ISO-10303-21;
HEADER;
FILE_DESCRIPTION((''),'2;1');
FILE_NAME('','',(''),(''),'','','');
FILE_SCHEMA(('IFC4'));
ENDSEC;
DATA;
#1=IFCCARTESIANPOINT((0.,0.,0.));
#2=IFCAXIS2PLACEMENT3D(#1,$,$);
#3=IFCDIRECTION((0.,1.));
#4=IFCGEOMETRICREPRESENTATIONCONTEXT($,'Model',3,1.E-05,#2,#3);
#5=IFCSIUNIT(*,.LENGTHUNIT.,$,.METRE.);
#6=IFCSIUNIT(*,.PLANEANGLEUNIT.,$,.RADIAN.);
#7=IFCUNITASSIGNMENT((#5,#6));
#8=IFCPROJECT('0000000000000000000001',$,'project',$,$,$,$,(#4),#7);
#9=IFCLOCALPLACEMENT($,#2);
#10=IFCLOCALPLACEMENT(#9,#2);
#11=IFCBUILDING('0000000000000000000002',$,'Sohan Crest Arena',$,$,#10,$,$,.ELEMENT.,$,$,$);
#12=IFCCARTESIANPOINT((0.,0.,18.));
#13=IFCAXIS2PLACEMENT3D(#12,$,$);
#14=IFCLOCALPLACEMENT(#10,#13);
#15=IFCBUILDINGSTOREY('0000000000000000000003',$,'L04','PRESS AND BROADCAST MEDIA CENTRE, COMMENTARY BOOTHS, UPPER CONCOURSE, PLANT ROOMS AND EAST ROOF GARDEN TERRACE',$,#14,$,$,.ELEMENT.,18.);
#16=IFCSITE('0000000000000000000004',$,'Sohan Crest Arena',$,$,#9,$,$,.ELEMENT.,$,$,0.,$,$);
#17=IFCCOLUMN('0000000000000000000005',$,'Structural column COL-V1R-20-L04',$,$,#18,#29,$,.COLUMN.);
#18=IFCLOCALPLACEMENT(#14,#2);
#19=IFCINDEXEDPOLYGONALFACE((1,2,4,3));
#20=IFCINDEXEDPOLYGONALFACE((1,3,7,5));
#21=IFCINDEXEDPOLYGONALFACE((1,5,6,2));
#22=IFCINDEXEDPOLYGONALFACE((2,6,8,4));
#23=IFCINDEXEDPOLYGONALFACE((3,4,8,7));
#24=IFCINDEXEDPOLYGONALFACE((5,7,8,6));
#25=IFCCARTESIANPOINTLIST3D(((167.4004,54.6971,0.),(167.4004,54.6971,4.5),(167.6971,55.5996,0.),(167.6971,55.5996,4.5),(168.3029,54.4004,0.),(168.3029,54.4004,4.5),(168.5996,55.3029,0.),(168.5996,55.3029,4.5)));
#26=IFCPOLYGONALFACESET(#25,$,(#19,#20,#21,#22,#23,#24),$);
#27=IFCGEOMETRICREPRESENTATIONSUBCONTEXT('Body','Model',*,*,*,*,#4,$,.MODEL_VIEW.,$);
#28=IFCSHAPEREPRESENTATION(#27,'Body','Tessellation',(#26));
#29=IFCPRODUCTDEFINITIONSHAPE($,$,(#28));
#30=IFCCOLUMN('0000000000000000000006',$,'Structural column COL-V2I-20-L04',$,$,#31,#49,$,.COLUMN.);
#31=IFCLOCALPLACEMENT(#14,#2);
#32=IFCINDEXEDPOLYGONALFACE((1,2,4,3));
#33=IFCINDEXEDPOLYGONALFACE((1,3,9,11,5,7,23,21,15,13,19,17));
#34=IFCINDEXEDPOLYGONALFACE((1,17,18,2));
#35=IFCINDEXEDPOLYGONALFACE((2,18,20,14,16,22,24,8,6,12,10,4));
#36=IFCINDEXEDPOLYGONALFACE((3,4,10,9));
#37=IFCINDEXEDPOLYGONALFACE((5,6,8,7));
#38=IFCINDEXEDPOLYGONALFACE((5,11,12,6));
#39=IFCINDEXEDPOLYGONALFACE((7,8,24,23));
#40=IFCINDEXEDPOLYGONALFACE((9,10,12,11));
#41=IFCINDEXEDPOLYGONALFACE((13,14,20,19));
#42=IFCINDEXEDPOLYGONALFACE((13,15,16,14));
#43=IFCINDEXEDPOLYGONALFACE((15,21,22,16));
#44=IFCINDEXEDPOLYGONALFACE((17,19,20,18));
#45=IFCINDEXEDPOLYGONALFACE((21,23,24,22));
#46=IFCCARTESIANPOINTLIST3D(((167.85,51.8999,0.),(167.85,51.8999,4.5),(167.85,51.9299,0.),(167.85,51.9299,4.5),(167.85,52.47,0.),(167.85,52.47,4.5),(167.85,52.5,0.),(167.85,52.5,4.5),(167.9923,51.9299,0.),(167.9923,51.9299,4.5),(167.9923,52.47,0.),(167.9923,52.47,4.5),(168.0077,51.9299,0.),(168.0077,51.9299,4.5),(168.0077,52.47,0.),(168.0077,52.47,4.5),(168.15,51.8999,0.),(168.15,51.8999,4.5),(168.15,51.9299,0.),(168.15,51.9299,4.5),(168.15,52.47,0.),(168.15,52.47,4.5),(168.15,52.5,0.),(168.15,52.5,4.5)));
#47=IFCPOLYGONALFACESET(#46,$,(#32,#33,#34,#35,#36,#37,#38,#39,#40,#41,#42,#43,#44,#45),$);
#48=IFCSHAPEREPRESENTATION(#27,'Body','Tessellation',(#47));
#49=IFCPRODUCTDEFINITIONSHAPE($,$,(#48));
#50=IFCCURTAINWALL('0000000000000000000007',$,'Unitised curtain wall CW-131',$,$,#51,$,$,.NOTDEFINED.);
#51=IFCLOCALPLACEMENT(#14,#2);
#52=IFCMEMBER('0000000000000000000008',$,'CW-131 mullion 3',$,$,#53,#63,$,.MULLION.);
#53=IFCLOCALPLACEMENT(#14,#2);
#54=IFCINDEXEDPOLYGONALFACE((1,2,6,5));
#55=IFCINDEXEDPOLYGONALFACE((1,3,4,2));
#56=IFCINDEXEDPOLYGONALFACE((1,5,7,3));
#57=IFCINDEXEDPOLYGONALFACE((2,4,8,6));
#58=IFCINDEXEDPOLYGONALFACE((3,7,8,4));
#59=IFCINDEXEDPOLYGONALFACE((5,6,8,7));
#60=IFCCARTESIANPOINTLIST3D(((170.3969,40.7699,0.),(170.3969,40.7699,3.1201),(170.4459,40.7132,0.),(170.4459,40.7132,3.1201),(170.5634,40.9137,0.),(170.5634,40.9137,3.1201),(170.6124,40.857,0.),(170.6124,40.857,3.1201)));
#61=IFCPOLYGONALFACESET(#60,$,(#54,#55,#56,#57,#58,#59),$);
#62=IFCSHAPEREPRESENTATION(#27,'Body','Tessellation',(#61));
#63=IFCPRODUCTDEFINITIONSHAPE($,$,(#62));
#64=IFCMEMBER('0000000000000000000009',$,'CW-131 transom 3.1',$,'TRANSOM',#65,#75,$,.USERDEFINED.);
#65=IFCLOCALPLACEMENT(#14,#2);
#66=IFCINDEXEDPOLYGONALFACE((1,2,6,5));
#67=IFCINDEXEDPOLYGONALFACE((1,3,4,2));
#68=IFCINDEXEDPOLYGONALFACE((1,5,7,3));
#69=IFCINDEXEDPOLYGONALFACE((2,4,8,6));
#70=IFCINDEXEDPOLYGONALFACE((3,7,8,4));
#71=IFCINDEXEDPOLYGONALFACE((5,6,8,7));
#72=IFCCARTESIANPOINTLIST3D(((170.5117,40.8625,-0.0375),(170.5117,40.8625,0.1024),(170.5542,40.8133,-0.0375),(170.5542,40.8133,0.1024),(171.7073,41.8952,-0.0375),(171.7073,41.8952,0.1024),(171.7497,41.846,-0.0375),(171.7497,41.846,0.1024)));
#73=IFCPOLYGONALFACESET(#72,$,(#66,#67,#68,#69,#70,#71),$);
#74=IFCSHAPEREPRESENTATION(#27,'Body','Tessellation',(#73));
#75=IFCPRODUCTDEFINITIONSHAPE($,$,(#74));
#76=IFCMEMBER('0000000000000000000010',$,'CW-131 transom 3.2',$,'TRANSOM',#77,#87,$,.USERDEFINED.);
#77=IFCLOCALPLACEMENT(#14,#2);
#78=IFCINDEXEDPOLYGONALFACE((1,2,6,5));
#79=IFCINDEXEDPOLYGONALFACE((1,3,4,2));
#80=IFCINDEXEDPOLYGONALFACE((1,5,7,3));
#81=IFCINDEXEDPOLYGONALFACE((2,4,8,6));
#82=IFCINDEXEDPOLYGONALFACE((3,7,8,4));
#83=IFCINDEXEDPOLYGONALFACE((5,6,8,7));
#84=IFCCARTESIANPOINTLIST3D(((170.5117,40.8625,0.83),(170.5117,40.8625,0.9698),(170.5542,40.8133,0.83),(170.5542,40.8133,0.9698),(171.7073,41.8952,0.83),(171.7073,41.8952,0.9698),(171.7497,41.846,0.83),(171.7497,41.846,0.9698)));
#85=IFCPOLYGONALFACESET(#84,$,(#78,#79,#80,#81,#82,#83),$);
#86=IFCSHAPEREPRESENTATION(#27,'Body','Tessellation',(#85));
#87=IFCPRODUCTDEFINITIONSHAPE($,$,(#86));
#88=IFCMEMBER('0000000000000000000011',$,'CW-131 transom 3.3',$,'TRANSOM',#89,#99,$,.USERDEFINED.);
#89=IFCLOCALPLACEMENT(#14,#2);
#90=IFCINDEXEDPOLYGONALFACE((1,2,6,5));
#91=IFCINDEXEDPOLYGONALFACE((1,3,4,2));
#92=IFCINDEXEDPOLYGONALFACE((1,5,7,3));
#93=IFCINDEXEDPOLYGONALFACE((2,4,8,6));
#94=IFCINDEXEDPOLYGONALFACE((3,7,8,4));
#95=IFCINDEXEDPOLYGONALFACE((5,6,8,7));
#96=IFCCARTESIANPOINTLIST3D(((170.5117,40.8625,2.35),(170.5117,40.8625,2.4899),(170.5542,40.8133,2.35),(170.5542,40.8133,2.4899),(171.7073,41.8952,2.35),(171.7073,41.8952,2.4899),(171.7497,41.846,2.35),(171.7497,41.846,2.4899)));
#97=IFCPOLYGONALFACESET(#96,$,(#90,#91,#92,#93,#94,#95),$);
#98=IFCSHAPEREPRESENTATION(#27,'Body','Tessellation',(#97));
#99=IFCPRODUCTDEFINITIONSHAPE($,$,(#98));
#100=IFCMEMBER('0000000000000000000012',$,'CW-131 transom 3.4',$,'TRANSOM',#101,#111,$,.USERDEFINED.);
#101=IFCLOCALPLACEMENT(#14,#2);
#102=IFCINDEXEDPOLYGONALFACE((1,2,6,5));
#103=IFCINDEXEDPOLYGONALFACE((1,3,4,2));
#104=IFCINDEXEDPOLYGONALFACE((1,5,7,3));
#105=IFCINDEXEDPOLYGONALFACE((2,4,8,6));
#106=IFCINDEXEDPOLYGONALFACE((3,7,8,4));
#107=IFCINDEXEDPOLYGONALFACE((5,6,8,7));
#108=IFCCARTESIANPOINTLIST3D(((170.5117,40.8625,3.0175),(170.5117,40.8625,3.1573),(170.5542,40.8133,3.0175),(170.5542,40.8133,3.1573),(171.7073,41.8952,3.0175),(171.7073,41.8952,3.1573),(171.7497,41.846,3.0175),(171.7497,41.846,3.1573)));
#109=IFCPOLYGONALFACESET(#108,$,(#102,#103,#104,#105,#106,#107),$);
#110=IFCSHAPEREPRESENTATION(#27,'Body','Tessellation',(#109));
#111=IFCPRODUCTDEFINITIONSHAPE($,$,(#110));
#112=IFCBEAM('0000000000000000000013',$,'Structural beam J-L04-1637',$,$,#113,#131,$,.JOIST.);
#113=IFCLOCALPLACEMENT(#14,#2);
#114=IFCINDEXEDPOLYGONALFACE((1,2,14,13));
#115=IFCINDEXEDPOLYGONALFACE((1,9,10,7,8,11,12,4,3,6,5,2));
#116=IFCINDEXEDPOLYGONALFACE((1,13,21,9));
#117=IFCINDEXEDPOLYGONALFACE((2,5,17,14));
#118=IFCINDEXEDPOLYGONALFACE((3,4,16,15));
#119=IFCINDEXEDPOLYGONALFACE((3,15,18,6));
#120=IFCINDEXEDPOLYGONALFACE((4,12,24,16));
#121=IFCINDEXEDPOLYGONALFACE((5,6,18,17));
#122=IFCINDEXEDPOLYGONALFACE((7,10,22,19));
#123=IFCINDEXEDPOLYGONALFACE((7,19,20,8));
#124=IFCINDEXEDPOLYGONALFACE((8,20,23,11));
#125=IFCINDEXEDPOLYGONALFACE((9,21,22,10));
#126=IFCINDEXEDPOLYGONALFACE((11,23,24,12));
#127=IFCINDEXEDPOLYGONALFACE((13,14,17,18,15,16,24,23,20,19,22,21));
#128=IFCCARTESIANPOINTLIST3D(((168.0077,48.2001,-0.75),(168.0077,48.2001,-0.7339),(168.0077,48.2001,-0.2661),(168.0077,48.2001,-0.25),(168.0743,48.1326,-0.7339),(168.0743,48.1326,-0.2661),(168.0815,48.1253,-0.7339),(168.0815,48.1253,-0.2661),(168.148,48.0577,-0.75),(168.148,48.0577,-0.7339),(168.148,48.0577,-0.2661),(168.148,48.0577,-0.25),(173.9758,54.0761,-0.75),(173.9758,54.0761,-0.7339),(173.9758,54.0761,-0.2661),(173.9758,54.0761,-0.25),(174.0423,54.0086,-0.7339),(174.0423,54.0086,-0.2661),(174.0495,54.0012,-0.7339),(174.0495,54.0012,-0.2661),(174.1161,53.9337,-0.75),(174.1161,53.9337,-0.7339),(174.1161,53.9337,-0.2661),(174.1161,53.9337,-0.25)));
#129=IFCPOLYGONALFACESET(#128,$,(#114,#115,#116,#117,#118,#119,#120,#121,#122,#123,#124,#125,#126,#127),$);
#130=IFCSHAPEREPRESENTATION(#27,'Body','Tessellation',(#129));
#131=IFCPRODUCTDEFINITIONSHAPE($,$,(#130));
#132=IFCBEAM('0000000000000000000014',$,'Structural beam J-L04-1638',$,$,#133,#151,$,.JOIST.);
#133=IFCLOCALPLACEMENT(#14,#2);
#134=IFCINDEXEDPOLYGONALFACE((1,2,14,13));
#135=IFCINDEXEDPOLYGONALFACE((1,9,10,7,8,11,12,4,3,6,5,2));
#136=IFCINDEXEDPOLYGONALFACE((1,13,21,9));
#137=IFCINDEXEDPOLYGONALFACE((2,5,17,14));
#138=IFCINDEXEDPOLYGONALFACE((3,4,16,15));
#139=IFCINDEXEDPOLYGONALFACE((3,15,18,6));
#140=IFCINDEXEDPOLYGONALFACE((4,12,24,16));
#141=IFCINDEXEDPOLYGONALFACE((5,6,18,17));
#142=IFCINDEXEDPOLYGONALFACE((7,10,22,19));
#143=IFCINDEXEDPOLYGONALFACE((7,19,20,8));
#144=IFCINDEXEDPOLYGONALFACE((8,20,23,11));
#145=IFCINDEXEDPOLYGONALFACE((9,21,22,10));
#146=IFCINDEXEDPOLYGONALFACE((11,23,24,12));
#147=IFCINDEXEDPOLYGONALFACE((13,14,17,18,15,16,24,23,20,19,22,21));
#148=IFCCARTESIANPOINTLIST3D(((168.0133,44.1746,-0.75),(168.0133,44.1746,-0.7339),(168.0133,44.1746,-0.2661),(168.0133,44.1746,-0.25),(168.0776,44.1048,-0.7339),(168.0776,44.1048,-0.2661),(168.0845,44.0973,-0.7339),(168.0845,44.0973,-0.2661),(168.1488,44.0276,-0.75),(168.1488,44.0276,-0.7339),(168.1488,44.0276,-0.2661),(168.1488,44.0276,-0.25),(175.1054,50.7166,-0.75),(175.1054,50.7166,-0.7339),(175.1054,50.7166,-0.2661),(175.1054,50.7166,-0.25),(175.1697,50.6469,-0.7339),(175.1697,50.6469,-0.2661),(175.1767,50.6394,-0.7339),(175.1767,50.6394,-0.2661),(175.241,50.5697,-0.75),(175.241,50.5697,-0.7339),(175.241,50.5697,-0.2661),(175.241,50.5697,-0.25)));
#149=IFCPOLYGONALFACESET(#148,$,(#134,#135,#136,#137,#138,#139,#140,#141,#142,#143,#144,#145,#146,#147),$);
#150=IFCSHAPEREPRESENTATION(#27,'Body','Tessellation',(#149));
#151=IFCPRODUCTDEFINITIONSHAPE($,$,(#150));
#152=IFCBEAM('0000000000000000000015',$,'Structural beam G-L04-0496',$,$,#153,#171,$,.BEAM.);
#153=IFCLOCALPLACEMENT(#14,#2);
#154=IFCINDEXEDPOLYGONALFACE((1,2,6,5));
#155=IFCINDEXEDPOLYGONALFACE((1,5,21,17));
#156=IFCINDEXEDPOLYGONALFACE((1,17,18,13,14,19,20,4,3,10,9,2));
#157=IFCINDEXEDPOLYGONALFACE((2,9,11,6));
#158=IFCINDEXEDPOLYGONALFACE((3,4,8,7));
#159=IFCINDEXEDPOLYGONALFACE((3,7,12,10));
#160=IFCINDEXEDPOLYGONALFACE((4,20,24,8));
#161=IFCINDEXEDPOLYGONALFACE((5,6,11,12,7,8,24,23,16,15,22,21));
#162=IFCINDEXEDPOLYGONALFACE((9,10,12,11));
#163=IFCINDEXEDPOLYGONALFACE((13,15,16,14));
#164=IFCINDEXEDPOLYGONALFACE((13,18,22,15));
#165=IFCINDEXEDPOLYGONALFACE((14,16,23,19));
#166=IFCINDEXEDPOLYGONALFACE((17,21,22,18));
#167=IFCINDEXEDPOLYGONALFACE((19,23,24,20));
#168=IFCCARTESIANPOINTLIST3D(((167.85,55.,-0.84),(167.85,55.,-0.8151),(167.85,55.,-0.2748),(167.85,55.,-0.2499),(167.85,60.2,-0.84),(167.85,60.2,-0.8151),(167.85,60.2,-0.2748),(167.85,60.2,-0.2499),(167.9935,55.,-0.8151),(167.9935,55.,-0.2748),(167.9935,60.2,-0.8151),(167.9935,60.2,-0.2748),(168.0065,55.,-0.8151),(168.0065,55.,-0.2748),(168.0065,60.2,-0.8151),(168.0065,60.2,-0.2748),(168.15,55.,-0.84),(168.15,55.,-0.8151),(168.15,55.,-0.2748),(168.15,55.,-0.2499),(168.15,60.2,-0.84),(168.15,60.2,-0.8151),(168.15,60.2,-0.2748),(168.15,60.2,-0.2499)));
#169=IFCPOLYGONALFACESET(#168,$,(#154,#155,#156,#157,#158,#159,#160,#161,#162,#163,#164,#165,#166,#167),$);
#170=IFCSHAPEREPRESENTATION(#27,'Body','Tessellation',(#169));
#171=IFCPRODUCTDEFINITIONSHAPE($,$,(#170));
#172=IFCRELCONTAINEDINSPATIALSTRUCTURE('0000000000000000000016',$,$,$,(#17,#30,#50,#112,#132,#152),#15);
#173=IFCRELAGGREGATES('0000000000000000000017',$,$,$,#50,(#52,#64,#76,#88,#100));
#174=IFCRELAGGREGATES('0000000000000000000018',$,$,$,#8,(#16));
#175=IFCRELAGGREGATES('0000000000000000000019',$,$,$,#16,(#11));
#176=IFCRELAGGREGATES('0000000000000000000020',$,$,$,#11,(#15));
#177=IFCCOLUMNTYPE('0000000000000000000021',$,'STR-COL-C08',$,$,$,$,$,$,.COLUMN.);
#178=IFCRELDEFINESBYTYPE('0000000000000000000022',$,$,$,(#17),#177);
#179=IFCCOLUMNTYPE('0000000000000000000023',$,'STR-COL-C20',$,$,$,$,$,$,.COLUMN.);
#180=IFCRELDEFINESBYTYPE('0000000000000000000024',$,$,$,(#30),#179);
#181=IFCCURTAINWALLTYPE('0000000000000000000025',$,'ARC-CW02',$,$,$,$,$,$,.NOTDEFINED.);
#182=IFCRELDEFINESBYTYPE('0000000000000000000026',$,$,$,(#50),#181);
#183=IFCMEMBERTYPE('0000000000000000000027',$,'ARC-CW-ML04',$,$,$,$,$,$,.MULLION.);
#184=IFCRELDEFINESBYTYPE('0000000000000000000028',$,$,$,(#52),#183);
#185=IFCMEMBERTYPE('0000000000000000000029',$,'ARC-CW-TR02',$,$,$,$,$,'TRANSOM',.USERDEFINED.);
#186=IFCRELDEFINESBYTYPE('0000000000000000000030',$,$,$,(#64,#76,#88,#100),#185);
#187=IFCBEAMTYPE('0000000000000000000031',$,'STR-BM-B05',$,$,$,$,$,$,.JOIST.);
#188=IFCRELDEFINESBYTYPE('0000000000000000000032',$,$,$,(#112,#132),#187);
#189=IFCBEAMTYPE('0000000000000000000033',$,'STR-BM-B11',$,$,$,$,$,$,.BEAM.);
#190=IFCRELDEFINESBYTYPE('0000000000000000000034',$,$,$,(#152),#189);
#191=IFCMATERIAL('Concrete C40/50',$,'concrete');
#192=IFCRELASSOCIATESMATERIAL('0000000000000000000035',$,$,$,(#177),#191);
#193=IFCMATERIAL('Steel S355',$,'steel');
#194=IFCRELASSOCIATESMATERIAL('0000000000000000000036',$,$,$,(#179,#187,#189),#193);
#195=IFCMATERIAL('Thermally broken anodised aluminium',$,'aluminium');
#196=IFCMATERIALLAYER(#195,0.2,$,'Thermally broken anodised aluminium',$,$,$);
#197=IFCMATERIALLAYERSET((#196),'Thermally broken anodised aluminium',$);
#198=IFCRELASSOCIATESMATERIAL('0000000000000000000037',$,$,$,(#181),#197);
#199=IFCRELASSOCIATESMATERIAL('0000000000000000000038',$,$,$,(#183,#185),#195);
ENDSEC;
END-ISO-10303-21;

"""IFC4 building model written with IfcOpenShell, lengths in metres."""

from ifc_helpers import new_model, si_unit, direction, frame, origin, origin_2d, place, context, subcontext, project, spatial, rectangle, i_section, extrude, material, layer, layer_set, material_profile, profile_set, type_object, element, aggregate, save


model = new_model("IFC4")

# Units and contexts
model_context = context("Model", 3, precision=1e-05, world=origin(), true_north=direction((0.0, 1.0)))
body_context = subcontext(model_context, "Body", "Model", "MODEL_VIEW")
ifc_project = project(units=[si_unit("LENGTHUNIT", "METRE"), si_unit("PLANEANGLEUNIT", "RADIAN")], contexts=[model_context])

# Site, building, storey
site_placement = place(None, origin())
site = spatial("IfcSite", under=ifc_project, at=site_placement, Name="Sohan Crest Arena", CompositionType="ELEMENT", RefElevation=0.0)
building_placement = place(site_placement, origin())
building = spatial("IfcBuilding", under=site, at=building_placement, Name="Sohan Crest Arena", CompositionType="ELEMENT")
storey_placement = place(building_placement, frame((0.0, 0.0, 18.0)))
storey = spatial("IfcBuildingStorey", under=building, at=storey_placement, Name="L04", Description="PRESS AND BROADCAST MEDIA CENTRE, COMMENTARY BOOTHS, UPPER CONCOURSE, PLANT ROOMS AND EAST ROOF GARDEN TERRACE", CompositionType="ELEMENT", Elevation=18.0)

# Columns
ifc_material_1 = material(Name="Concrete C40/50", Category="concrete")
ifc_material_profile_1 = material_profile(ifc_material_1, rectangle(XDim=0.95, YDim=0.95, at=origin_2d()), Name="RC 950x950")
ifc_profile_set_1 = profile_set([ifc_material_profile_1], Name="Concrete C40/50")
column_type_1 = type_object("IfcColumnType", Name="STR-COL-C08", PredefinedType="COLUMN", material=ifc_profile_set_1)
column_1_placement = place(storey_placement, frame((168.0, 55.0, 0.0), z_axis=(0.0, 0.0, 1.0), x_axis=(-0.949972, 0.312335, 0.0)))
element("IfcColumn", 1, at=column_1_placement, inside=storey, type_object=column_type_1, Name="Structural column COL-V1R-20-L04", PredefinedType="COLUMN", context=body_context, shape_type="SweptSolid", body=[
    extrude(rectangle(XDim=0.95, YDim=0.95, at=origin_2d()), origin(), (0.0, 0.0, 1.0), 4.5),
])
ifc_material_2 = material(Name="Steel S355", Category="steel")
ifc_material_profile_2 = material_profile(ifc_material_2, i_section(OverallWidth=0.3, OverallDepth=0.6001, WebThickness=0.0154, FlangeThickness=0.03, at=origin_2d()), Name="HEB 600")
ifc_profile_set_2 = profile_set([ifc_material_profile_2], Name="Steel S355")
column_type_2 = type_object("IfcColumnType", Name="STR-COL-C20", PredefinedType="COLUMN", material=ifc_profile_set_2)
column_2_placement = place(storey_placement, frame((168.0, 52.2, 0.0), z_axis=(0.0, 0.0, 1.0), x_axis=(1.0, 0.0, 0.0)))
element("IfcColumn", 2, at=column_2_placement, inside=storey, type_object=column_type_2, Name="Structural column COL-V2I-20-L04", PredefinedType="COLUMN", context=body_context, shape_type="SweptSolid", body=[
    extrude(i_section(OverallWidth=0.3, OverallDepth=0.6001, WebThickness=0.0154, FlangeThickness=0.03, at=origin_2d()), origin(), (0.0, 0.0, 1.0), 4.5),
])

# Curtain wall, members
ifc_material_3 = material(Name="Thermally broken anodised aluminium", Category="aluminium")
ifc_layer_1 = layer(ifc_material_3, 0.2, Name="Thermally broken anodised aluminium")
ifc_layer_set_1 = layer_set([ifc_layer_1], Name="Thermally broken anodised aluminium")
curtain_wall_type = type_object("IfcCurtainWallType", Name="ARC-CW02", PredefinedType="NOTDEFINED", material=ifc_layer_set_1)
curtain_wall_placement = place(storey_placement, origin())
curtain_wall = element("IfcCurtainWall", 3, at=curtain_wall_placement, inside=storey, type_object=curtain_wall_type, Name="Unitised curtain wall CW-131", PredefinedType="NOTDEFINED")
ifc_material_profile_3 = material_profile(ifc_material_3, rectangle(XDim=0.075, YDim=0.22, at=origin_2d()), Name="ALU-MULL 75x220")
ifc_profile_set_3 = profile_set([ifc_material_profile_3], Name="Thermally broken anodised aluminium")
member_type_1 = type_object("IfcMemberType", Name="ARC-CW-ML04", PredefinedType="MULLION", material=ifc_profile_set_3)
member_1_placement = place(storey_placement, frame((170.5046, 40.8135, 0.0), z_axis=(0.0, 0.0, 1.0), x_axis=(-0.653687, 0.756765, 0.0)))
member_1 = element("IfcMember", 4, at=member_1_placement, type_object=member_type_1, Name="CW-131 mullion 3", PredefinedType="MULLION", context=body_context, shape_type="SweptSolid", body=[
    extrude(rectangle(XDim=0.075, YDim=0.22, at=origin_2d()), origin(), (0.0, 0.0, 1.0), 3.1201),
])
ifc_material_profile_4 = material_profile(ifc_material_3, rectangle(XDim=0.0649, YDim=0.1399, at=origin_2d()), Name="ALU-TRAN 65x140")
ifc_profile_set_4 = profile_set([ifc_material_profile_4], Name="Thermally broken anodised aluminium")
member_type_2 = type_object("IfcMemberType", Name="ARC-CW-TR02", ElementType="TRANSOM", PredefinedType="USERDEFINED", material=ifc_profile_set_4)
member_2_placement = place(storey_placement, frame((170.533, 40.8379, 0.0325), z_axis=(0.756764, 0.653688, 0.0), x_axis=(-0.653688, 0.756764, 0.0)))
member_2 = element("IfcMember", 5, at=member_2_placement, type_object=member_type_2, Name="CW-131 transom 3.1", ObjectType="TRANSOM", PredefinedType="USERDEFINED", context=body_context, shape_type="SweptSolid", body=[
    extrude(rectangle(XDim=0.0649, YDim=0.1399, at=origin_2d()), origin(), (0.0, 0.0, 1.0), 1.5798),
])
member_3_placement = place(storey_placement, frame((170.533, 40.8379, 0.8999), z_axis=(0.756764, 0.653688, 0.0), x_axis=(-0.653688, 0.756764, 0.0)))
member_3 = element("IfcMember", 6, at=member_3_placement, type_object=member_type_2, Name="CW-131 transom 3.2", ObjectType="TRANSOM", PredefinedType="USERDEFINED", context=body_context, shape_type="SweptSolid", body=[
    extrude(rectangle(XDim=0.0649, YDim=0.1399, at=origin_2d()), origin(), (0.0, 0.0, 1.0), 1.5798),
])
member_4_placement = place(storey_placement, frame((170.533, 40.8379, 2.4199), z_axis=(0.756764, 0.653688, 0.0), x_axis=(-0.653688, 0.756764, 0.0)))
member_4 = element("IfcMember", 7, at=member_4_placement, type_object=member_type_2, Name="CW-131 transom 3.3", ObjectType="TRANSOM", PredefinedType="USERDEFINED", context=body_context, shape_type="SweptSolid", body=[
    extrude(rectangle(XDim=0.0649, YDim=0.1399, at=origin_2d()), origin(), (0.0, 0.0, 1.0), 1.5798),
])
member_5_placement = place(storey_placement, frame((170.533, 40.8379, 3.0874), z_axis=(0.756764, 0.653688, 0.0), x_axis=(-0.653688, 0.756764, 0.0)))
member_5 = element("IfcMember", 8, at=member_5_placement, type_object=member_type_2, Name="CW-131 transom 3.4", ObjectType="TRANSOM", PredefinedType="USERDEFINED", context=body_context, shape_type="SweptSolid", body=[
    extrude(rectangle(XDim=0.0649, YDim=0.1399, at=origin_2d()), origin(), (0.0, 0.0, 1.0), 1.5798),
])

# Beams
ifc_material_profile_5 = material_profile(ifc_material_2, i_section(OverallWidth=0.2, OverallDepth=0.5, WebThickness=0.0103, FlangeThickness=0.0161, at=origin_2d()), Name="IPE 500")
ifc_profile_set_5 = profile_set([ifc_material_profile_5], Name="Steel S355")
beam_type_1 = type_object("IfcBeamType", Name="STR-BM-B05", PredefinedType="JOIST", material=ifc_profile_set_5)
beam_1_placement = place(storey_placement, frame((168.0779, 48.1289, -0.5), z_axis=(0.71258, 0.701591, 0.0), x_axis=(-0.701591, 0.71258, 0.0)))
element("IfcBeam", 9, at=beam_1_placement, inside=storey, type_object=beam_type_1, Name="Structural beam J-L04-1637", PredefinedType="JOIST", context=body_context, shape_type="SweptSolid", body=[
    extrude(i_section(OverallWidth=0.2, OverallDepth=0.5, WebThickness=0.0103, FlangeThickness=0.0161, at=origin_2d()), origin(), (0.0, 0.0, 1.0), 8.3752),
])
beam_2_placement = place(storey_placement, frame((168.0811, 44.1011, -0.5), z_axis=(0.735036, 0.678028, 0.0), x_axis=(-0.678028, 0.735036, 0.0)))
element("IfcBeam", 10, at=beam_2_placement, inside=storey, type_object=beam_type_1, Name="Structural beam J-L04-1638", PredefinedType="JOIST", context=body_context, shape_type="SweptSolid", body=[
    extrude(i_section(OverallWidth=0.2, OverallDepth=0.5, WebThickness=0.0103, FlangeThickness=0.0161, at=origin_2d()), origin(), (0.0, 0.0, 1.0), 9.6487),
])
ifc_material_profile_6 = material_profile(ifc_material_2, i_section(OverallWidth=0.3, OverallDepth=0.5901, WebThickness=0.0129, FlangeThickness=0.0249, at=origin_2d()), Name="HEA 600")
ifc_profile_set_6 = profile_set([ifc_material_profile_6], Name="Steel S355")
beam_type_2 = type_object("IfcBeamType", Name="STR-BM-B11", PredefinedType="BEAM", material=ifc_profile_set_6)
beam_3_placement = place(storey_placement, frame((168.0, 60.2, -0.5449), z_axis=(0.0, -1.0, 0.0), x_axis=(1.0, 0.0, 0.0)))
element("IfcBeam", 11, at=beam_3_placement, inside=storey, type_object=beam_type_2, Name="Structural beam G-L04-0496", PredefinedType="BEAM", context=body_context, shape_type="SweptSolid", body=[
    extrude(i_section(OverallWidth=0.3, OverallDepth=0.5901, WebThickness=0.0129, FlangeThickness=0.0249, at=origin_2d()), origin(), (0.0, 0.0, 1.0), 5.2),
])

aggregate(curtain_wall, [member_1, member_2, member_3, member_4, member_5])

save(model, "model.ifc")
